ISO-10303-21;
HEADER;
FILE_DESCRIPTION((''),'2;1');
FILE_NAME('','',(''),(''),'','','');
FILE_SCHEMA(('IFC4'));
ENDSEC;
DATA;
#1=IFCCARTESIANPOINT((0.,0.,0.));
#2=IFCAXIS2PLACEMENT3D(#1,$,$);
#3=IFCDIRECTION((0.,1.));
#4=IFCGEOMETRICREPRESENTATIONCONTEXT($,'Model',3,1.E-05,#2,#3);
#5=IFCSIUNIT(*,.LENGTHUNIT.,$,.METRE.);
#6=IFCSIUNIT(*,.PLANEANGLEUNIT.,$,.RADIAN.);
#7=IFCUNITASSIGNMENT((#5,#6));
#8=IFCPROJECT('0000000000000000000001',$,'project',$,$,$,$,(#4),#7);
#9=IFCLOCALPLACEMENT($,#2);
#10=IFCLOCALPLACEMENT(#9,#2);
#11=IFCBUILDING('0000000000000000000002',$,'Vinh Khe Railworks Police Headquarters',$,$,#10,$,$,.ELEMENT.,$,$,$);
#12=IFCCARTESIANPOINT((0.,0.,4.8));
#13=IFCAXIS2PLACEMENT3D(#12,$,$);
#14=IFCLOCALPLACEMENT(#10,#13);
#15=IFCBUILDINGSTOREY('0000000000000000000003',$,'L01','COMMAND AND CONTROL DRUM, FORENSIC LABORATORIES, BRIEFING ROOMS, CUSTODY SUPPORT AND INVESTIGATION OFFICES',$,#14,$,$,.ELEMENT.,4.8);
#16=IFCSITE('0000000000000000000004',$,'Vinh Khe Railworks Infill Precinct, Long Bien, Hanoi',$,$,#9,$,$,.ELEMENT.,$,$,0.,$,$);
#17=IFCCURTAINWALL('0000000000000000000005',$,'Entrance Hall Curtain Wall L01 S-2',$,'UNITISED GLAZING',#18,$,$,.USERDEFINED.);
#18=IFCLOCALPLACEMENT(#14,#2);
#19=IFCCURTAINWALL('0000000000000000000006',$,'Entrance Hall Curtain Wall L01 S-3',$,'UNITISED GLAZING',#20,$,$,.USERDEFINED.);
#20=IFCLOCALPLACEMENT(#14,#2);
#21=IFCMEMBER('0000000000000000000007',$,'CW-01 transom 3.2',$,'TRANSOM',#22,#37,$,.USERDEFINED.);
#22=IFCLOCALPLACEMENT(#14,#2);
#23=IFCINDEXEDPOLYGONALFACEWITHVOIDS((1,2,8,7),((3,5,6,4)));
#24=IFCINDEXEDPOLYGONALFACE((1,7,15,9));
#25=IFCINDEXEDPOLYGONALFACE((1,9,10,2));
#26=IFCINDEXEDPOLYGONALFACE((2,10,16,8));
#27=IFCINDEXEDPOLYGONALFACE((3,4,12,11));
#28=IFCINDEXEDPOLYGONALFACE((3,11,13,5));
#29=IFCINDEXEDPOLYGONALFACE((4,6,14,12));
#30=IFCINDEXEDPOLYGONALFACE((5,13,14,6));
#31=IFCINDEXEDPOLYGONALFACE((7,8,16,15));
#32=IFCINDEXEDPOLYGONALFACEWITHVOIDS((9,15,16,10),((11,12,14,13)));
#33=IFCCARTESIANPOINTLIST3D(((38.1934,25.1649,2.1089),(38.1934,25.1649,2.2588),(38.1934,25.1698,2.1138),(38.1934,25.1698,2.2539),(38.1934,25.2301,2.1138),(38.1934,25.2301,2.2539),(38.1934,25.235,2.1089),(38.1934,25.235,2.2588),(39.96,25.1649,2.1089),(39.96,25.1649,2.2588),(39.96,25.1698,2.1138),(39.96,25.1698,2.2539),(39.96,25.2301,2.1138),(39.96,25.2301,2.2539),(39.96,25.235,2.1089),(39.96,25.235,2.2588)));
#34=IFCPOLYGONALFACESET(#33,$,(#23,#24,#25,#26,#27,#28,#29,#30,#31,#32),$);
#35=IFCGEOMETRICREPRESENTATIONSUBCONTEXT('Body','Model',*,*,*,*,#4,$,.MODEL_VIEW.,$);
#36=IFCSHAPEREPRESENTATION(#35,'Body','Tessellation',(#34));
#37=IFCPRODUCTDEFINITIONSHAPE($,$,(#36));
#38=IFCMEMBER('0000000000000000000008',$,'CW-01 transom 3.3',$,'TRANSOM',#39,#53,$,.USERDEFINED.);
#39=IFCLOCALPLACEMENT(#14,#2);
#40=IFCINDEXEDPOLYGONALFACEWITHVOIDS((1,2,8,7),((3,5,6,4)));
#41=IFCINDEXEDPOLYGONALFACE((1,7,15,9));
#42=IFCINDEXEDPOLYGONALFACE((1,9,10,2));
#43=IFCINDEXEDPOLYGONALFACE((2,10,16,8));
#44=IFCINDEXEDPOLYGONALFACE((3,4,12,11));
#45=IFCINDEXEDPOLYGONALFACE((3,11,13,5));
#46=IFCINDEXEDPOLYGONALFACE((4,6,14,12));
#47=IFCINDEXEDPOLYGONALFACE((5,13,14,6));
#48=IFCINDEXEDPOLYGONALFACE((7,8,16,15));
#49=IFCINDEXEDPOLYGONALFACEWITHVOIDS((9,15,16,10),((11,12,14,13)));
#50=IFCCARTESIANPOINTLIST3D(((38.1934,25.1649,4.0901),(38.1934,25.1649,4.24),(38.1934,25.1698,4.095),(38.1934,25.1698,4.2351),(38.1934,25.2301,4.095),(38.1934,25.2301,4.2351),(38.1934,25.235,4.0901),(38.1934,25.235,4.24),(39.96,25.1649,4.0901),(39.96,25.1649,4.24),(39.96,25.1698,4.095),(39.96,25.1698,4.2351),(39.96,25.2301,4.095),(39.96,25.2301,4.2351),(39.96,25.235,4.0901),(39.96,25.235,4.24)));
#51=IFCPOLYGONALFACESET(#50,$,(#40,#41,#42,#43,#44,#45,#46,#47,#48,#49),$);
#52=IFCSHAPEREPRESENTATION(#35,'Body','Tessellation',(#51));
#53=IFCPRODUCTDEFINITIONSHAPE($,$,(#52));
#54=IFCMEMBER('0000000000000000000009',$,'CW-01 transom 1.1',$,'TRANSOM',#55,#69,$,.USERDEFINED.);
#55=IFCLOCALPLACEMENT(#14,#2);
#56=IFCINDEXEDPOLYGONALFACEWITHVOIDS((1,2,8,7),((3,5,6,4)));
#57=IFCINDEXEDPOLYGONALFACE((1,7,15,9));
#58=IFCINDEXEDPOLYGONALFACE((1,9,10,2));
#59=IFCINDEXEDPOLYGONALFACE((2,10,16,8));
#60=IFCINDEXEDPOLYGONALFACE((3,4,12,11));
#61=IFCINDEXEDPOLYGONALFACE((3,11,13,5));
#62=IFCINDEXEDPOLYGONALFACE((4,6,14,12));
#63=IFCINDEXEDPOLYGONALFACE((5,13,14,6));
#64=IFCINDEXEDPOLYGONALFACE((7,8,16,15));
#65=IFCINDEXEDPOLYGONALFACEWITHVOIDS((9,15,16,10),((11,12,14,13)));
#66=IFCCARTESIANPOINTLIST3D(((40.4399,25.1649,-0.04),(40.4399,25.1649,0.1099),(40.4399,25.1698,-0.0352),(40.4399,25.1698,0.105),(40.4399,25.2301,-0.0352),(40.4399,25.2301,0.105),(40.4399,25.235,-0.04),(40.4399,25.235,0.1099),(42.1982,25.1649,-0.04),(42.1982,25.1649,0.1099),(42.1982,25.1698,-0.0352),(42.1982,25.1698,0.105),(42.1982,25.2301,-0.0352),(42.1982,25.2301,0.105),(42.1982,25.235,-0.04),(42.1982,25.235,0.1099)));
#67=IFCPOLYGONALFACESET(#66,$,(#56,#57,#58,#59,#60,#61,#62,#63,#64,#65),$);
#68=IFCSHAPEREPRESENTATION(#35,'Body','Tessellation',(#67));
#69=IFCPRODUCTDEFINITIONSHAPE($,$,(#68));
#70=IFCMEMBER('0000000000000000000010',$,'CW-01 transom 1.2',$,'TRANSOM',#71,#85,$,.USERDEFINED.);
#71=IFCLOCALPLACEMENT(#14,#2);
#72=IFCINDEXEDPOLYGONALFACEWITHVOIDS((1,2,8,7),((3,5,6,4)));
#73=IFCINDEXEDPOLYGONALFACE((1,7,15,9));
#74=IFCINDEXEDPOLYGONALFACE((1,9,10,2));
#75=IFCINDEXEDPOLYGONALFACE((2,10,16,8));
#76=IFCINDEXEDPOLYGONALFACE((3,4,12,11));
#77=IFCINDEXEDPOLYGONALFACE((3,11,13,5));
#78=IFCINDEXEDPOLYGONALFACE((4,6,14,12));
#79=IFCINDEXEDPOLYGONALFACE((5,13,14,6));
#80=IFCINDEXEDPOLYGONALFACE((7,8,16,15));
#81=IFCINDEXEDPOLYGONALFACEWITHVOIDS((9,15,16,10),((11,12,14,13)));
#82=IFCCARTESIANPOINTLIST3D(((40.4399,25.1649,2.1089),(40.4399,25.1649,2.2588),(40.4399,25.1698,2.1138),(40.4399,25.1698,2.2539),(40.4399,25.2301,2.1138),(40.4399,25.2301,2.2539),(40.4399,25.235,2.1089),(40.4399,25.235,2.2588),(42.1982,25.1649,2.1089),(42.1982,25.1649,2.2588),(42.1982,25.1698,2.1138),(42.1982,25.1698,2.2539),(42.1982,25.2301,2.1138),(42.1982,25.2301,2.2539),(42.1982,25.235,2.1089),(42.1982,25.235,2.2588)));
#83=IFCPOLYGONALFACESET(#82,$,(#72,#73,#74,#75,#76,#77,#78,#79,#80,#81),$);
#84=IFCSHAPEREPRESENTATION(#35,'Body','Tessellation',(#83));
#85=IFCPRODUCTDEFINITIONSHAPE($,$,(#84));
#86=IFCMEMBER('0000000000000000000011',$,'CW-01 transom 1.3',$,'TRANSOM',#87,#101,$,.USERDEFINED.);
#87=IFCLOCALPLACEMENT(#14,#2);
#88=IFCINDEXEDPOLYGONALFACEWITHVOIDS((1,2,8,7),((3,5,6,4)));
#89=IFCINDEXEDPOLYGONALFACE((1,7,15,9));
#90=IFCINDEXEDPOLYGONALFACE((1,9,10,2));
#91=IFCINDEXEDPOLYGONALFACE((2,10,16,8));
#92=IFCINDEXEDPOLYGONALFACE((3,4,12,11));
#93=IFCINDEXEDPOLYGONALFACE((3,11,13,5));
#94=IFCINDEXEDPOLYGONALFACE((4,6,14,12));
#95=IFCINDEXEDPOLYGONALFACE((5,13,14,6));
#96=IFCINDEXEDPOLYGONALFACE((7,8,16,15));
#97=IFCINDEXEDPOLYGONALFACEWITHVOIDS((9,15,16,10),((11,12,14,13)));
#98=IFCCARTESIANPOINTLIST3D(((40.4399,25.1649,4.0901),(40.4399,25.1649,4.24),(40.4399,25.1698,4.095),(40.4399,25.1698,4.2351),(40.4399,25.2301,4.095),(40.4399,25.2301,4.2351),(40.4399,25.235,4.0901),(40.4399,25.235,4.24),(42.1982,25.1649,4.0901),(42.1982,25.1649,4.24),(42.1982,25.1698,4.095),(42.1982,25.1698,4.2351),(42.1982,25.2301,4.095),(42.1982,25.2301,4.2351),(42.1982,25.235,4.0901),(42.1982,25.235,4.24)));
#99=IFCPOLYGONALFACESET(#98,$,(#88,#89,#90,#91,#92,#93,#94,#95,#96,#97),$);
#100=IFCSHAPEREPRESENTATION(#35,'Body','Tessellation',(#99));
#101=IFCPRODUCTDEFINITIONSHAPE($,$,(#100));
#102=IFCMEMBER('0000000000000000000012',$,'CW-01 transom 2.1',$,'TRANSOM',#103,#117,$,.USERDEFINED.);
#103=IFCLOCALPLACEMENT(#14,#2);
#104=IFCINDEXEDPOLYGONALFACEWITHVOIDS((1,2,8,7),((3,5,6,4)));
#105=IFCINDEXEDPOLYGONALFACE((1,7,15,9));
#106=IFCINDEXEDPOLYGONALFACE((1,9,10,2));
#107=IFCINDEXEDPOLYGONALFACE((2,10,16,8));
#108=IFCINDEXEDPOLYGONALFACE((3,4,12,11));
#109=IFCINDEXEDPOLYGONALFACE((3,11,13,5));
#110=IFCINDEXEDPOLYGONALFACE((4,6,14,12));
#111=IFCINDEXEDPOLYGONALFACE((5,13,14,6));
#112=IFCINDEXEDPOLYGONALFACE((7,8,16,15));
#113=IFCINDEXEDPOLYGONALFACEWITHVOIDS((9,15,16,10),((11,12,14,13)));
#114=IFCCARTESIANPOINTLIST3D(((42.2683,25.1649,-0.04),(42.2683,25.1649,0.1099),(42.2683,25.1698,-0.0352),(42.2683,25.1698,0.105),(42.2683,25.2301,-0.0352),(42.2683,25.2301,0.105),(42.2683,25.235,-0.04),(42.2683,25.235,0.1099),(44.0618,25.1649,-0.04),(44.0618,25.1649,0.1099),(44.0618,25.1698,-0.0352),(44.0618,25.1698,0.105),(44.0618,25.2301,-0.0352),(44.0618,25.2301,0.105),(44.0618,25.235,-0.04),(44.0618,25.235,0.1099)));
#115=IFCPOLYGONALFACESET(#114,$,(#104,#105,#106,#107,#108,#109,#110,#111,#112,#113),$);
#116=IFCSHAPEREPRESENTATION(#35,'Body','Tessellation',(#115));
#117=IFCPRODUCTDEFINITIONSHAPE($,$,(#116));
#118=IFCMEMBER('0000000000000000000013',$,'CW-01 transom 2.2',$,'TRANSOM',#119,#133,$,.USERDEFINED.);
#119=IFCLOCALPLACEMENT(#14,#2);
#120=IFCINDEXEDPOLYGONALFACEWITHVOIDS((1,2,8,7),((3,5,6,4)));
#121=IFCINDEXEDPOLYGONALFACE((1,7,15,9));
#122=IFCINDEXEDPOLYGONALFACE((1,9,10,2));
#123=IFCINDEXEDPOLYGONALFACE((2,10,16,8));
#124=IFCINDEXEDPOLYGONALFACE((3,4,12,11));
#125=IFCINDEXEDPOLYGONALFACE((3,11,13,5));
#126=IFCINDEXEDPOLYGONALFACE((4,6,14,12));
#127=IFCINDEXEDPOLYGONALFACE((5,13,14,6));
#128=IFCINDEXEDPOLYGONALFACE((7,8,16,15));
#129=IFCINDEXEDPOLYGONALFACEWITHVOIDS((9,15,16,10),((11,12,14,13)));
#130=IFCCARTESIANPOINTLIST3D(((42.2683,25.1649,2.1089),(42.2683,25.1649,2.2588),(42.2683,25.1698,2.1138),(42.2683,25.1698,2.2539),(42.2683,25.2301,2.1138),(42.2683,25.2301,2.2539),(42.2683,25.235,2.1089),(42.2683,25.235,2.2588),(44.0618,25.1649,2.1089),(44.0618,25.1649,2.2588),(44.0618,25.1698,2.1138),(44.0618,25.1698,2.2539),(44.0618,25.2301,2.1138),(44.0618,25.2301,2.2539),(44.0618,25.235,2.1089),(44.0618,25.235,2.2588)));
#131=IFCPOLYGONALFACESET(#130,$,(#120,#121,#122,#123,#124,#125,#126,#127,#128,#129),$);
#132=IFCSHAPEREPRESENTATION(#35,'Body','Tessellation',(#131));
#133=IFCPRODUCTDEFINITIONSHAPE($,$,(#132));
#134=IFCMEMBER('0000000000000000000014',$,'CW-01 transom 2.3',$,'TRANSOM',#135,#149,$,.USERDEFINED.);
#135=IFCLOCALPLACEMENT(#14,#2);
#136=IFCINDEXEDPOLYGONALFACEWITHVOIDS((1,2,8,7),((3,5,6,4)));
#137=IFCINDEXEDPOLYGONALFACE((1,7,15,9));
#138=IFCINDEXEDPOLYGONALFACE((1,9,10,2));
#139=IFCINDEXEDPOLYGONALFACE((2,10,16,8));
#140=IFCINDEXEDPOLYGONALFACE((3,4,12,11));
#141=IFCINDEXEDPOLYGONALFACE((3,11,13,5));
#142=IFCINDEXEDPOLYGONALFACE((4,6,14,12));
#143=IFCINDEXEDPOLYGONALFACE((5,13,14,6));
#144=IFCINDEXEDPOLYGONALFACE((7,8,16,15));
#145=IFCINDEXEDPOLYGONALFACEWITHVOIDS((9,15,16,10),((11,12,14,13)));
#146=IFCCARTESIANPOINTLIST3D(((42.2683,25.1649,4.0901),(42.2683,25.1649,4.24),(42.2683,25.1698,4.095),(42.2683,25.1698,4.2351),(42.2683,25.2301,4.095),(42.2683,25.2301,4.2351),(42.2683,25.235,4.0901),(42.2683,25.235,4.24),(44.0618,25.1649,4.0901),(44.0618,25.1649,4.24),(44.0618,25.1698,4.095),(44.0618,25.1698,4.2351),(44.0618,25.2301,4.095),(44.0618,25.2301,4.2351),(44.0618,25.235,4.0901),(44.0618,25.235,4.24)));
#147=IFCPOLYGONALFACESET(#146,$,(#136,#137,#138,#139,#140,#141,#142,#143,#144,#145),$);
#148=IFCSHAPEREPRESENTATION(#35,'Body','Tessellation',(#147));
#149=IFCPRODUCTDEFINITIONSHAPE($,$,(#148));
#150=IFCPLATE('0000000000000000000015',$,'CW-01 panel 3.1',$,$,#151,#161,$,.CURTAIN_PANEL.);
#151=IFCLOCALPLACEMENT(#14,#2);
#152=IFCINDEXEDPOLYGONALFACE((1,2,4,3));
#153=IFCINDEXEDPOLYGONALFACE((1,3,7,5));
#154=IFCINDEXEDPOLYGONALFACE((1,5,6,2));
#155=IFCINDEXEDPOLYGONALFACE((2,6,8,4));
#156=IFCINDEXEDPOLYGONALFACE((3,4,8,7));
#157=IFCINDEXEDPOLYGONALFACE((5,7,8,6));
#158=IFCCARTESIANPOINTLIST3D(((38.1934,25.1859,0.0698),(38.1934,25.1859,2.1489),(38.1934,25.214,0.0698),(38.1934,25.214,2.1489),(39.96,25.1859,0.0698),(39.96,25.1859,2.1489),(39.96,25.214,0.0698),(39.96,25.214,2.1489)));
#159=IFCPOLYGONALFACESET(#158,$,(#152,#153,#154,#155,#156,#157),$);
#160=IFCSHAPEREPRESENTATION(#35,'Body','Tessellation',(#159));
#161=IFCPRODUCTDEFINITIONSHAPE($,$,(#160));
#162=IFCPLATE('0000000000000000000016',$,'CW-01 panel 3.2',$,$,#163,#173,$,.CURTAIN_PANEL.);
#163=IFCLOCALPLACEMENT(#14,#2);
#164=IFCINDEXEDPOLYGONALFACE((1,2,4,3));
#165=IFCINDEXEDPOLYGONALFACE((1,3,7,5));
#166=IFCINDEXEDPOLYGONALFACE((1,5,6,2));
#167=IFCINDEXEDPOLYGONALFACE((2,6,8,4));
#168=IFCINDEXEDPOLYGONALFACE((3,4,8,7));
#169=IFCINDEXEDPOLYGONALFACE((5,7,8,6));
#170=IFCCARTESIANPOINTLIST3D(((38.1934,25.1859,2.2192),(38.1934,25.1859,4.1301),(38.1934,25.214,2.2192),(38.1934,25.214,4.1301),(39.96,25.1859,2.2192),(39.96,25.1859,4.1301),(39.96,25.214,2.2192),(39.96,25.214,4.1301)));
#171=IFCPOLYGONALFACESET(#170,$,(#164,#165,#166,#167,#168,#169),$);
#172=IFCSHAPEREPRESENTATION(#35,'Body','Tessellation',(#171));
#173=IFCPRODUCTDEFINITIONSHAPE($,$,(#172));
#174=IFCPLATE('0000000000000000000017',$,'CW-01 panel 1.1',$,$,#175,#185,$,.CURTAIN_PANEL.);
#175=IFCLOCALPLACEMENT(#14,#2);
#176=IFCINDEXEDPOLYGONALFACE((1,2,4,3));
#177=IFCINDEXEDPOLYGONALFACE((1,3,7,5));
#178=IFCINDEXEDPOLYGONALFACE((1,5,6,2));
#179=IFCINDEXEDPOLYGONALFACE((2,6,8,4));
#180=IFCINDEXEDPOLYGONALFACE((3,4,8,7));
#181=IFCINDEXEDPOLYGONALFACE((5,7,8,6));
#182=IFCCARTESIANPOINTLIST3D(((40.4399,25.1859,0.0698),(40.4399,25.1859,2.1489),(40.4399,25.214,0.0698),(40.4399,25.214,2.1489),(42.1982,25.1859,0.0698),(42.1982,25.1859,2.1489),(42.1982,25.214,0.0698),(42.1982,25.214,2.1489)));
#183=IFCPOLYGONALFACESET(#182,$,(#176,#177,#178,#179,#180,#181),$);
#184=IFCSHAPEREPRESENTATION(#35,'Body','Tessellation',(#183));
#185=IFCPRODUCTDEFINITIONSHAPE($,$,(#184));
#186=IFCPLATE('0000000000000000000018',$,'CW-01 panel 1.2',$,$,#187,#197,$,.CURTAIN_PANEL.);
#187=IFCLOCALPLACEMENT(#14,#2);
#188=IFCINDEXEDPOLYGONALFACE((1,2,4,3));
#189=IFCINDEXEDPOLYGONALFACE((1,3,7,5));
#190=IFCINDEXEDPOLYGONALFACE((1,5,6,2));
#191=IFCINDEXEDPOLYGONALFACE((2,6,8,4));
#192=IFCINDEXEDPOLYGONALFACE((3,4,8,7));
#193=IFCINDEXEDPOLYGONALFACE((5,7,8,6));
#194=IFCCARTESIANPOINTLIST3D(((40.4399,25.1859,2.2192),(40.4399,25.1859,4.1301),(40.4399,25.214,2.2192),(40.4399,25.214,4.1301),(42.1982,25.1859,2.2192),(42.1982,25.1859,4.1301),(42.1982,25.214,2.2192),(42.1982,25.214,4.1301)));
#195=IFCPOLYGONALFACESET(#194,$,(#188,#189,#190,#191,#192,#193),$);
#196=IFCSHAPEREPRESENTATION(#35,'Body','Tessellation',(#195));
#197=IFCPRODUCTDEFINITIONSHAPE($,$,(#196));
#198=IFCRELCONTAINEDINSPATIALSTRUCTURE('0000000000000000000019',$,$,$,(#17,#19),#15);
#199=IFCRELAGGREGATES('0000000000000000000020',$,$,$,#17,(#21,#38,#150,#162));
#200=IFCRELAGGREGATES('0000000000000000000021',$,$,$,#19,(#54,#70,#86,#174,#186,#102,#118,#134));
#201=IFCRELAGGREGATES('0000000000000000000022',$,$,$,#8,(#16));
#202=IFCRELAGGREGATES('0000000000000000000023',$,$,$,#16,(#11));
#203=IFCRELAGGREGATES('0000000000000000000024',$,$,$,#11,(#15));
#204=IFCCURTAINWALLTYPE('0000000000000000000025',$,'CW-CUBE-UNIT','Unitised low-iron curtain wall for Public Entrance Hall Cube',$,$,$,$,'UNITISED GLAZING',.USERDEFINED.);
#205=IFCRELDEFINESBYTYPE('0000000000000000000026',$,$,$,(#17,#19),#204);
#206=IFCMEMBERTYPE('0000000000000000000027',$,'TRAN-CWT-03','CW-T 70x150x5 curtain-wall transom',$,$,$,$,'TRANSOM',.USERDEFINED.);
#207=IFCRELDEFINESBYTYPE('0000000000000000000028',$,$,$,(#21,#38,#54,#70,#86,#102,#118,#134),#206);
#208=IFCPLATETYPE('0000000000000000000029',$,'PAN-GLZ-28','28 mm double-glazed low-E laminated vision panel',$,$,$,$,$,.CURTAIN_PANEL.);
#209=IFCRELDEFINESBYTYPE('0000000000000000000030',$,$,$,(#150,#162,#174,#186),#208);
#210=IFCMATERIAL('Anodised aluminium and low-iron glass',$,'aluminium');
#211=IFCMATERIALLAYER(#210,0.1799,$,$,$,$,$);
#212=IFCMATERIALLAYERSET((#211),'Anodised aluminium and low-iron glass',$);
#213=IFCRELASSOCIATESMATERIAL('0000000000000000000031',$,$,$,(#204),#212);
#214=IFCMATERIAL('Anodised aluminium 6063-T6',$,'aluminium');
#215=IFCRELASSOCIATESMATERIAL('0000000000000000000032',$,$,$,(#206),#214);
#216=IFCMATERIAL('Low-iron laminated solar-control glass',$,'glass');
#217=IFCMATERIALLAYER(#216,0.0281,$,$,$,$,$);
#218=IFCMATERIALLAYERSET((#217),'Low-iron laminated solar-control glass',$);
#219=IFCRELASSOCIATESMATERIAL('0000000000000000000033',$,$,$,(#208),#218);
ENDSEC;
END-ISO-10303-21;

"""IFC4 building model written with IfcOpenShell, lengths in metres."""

from ifc_helpers import new_model, si_unit, direction, frame, origin, origin_2d, place, context, subcontext, project, spatial, rectangle, hollow_rectangle, extrude, material, layer, layer_set, material_profile, profile_set, type_object, element, aggregate, save


model = new_model("IFC4")

# Units and contexts
model_context = context("Model", 3, precision=1e-05, world=origin(), true_north=direction((0.0, 1.0)))
body_context = subcontext(model_context, "Body", "Model", "MODEL_VIEW")
ifc_project = project(units=[si_unit("LENGTHUNIT", "METRE"), si_unit("PLANEANGLEUNIT", "RADIAN")], contexts=[model_context])

# Site, building, storey
site_placement = place(None, origin())
site = spatial("IfcSite", under=ifc_project, at=site_placement, Name="Vinh Khe Railworks Infill Precinct, Long Bien, Hanoi", CompositionType="ELEMENT", RefElevation=0.0)
building_placement = place(site_placement, origin())
building = spatial("IfcBuilding", under=site, at=building_placement, Name="Vinh Khe Railworks Police Headquarters", CompositionType="ELEMENT")
storey_placement = place(building_placement, frame((0.0, 0.0, 4.8)))
storey = spatial("IfcBuildingStorey", under=building, at=storey_placement, Name="L01", Description="COMMAND AND CONTROL DRUM, FORENSIC LABORATORIES, BRIEFING ROOMS, CUSTODY SUPPORT AND INVESTIGATION OFFICES", CompositionType="ELEMENT", Elevation=4.8)

# Curtain walls
ifc_material_1 = material(Name="Anodised aluminium and low-iron glass", Category="aluminium")
ifc_layer_1 = layer(ifc_material_1, 0.1799)
ifc_layer_set_1 = layer_set([ifc_layer_1], Name="Anodised aluminium and low-iron glass")
curtain_wall_type = type_object("IfcCurtainWallType", Name="CW-CUBE-UNIT", Description="Unitised low-iron curtain wall for Public Entrance Hall Cube", ElementType="UNITISED GLAZING", PredefinedType="USERDEFINED", material=ifc_layer_set_1)
curtain_wall_1_placement = place(storey_placement, origin())
curtain_wall_1 = element("IfcCurtainWall", 1, at=curtain_wall_1_placement, inside=storey, type_object=curtain_wall_type, Name="Entrance Hall Curtain Wall L01 S-2", ObjectType="UNITISED GLAZING", PredefinedType="USERDEFINED")
ifc_material_2 = material(Name="Anodised aluminium 6063-T6", Category="aluminium")
curtain_wall_2_placement = place(storey_placement, origin())
curtain_wall_2 = element("IfcCurtainWall", 2, at=curtain_wall_2_placement, inside=storey, type_object=curtain_wall_type, Name="Entrance Hall Curtain Wall L01 S-3", ObjectType="UNITISED GLAZING", PredefinedType="USERDEFINED")

# Members
ifc_material_profile_1 = material_profile(ifc_material_2, hollow_rectangle(XDim=0.0701, YDim=0.1499, WallThickness=0.0049, at=origin_2d()), Name="CW-T 70x150x5")
ifc_profile_set_1 = profile_set([ifc_material_profile_1], Name="Anodised aluminium 6063-T6")
member_type_1 = type_object("IfcMemberType", Name="TRAN-CWT-03", Description="CW-T 70x150x5 curtain-wall transom", ElementType="TRANSOM", PredefinedType="USERDEFINED", material=ifc_profile_set_1)
member_1_placement = place(storey_placement, frame((38.1934, 25.2, 2.1838), z_axis=(1.0, 0.0, 0.0), x_axis=(0.0, 1.0, 0.0)))
member_1 = element("IfcMember", 3, at=member_1_placement, type_object=member_type_1, Name="CW-01 transom 3.2", ObjectType="TRANSOM", PredefinedType="USERDEFINED", context=body_context, shape_type="SweptSolid", body=[
    extrude(hollow_rectangle(XDim=0.0701, YDim=0.1499, WallThickness=0.0049, at=origin_2d()), origin(), (0.0, 0.0, 1.0), 1.7666),
])
member_2_placement = place(storey_placement, frame((38.1934, 25.2, 4.165), z_axis=(1.0, 0.0, 0.0), x_axis=(0.0, 1.0, 0.0)))
member_2 = element("IfcMember", 4, at=member_2_placement, type_object=member_type_1, Name="CW-01 transom 3.3", ObjectType="TRANSOM", PredefinedType="USERDEFINED", context=body_context, shape_type="SweptSolid", body=[
    extrude(hollow_rectangle(XDim=0.0701, YDim=0.1499, WallThickness=0.0049, at=origin_2d()), origin(), (0.0, 0.0, 1.0), 1.7666),
])
member_3_placement = place(storey_placement, frame((40.4399, 25.2, 0.0349), z_axis=(1.0, 0.0, 0.0), x_axis=(0.0, 1.0, 0.0)))
member_3 = element("IfcMember", 5, at=member_3_placement, type_object=member_type_1, Name="CW-01 transom 1.1", ObjectType="TRANSOM", PredefinedType="USERDEFINED", context=body_context, shape_type="SweptSolid", body=[
    extrude(hollow_rectangle(XDim=0.0701, YDim=0.1499, WallThickness=0.0049, at=origin_2d()), origin(), (0.0, 0.0, 1.0), 1.7583),
])
member_4_placement = place(storey_placement, frame((40.4399, 25.2, 2.1838), z_axis=(1.0, 0.0, 0.0), x_axis=(0.0, 1.0, 0.0)))
member_4 = element("IfcMember", 6, at=member_4_placement, type_object=member_type_1, Name="CW-01 transom 1.2", ObjectType="TRANSOM", PredefinedType="USERDEFINED", context=body_context, shape_type="SweptSolid", body=[
    extrude(hollow_rectangle(XDim=0.0701, YDim=0.1499, WallThickness=0.0049, at=origin_2d()), origin(), (0.0, 0.0, 1.0), 1.7583),
])
member_5_placement = place(storey_placement, frame((40.4399, 25.2, 4.165), z_axis=(1.0, 0.0, 0.0), x_axis=(0.0, 1.0, 0.0)))
member_5 = element("IfcMember", 7, at=member_5_placement, type_object=member_type_1, Name="CW-01 transom 1.3", ObjectType="TRANSOM", PredefinedType="USERDEFINED", context=body_context, shape_type="SweptSolid", body=[
    extrude(hollow_rectangle(XDim=0.0701, YDim=0.1499, WallThickness=0.0049, at=origin_2d()), origin(), (0.0, 0.0, 1.0), 1.7583),
])
member_6_placement = place(storey_placement, frame((42.2683, 25.2, 0.0349), z_axis=(1.0, 0.0, 0.0), x_axis=(0.0, 1.0, 0.0)))
member_6 = element("IfcMember", 8, at=member_6_placement, type_object=member_type_1, Name="CW-01 transom 2.1", ObjectType="TRANSOM", PredefinedType="USERDEFINED", context=body_context, shape_type="SweptSolid", body=[
    extrude(hollow_rectangle(XDim=0.0701, YDim=0.1499, WallThickness=0.0049, at=origin_2d()), origin(), (0.0, 0.0, 1.0), 1.7935),
])
member_7_placement = place(storey_placement, frame((42.2683, 25.2, 2.1838), z_axis=(1.0, 0.0, 0.0), x_axis=(0.0, 1.0, 0.0)))
member_7 = element("IfcMember", 9, at=member_7_placement, type_object=member_type_1, Name="CW-01 transom 2.2", ObjectType="TRANSOM", PredefinedType="USERDEFINED", context=body_context, shape_type="SweptSolid", body=[
    extrude(hollow_rectangle(XDim=0.0701, YDim=0.1499, WallThickness=0.0049, at=origin_2d()), origin(), (0.0, 0.0, 1.0), 1.7935),
])
member_8_placement = place(storey_placement, frame((42.2683, 25.2, 4.165), z_axis=(1.0, 0.0, 0.0), x_axis=(0.0, 1.0, 0.0)))
member_8 = element("IfcMember", 10, at=member_8_placement, type_object=member_type_1, Name="CW-01 transom 2.3", ObjectType="TRANSOM", PredefinedType="USERDEFINED", context=body_context, shape_type="SweptSolid", body=[
    extrude(hollow_rectangle(XDim=0.0701, YDim=0.1499, WallThickness=0.0049, at=origin_2d()), origin(), (0.0, 0.0, 1.0), 1.7935),
])

# Plates
ifc_material_3 = material(Name="Low-iron laminated solar-control glass", Category="glass")
ifc_layer_2 = layer(ifc_material_3, 0.0281)
ifc_layer_set_2 = layer_set([ifc_layer_2], Name="Low-iron laminated solar-control glass")
plate_type = type_object("IfcPlateType", Name="PAN-GLZ-28", Description="28 mm double-glazed low-E laminated vision panel", PredefinedType="CURTAIN_PANEL", material=ifc_layer_set_2)
plate_1_placement = place(storey_placement, frame((39.0767, 25.2, 0.0698), z_axis=(0.0, 0.0, 1.0), x_axis=(1.0, 0.0, 0.0)))
plate_1 = element("IfcPlate", 11, at=plate_1_placement, type_object=plate_type, Name="CW-01 panel 3.1", PredefinedType="CURTAIN_PANEL", context=body_context, shape_type="SweptSolid", body=[
    extrude(rectangle(XDim=1.7666, YDim=0.0281, at=origin_2d()), origin(), (0.0, 0.0, 1.0), 2.0791),
])
plate_2_placement = place(storey_placement, frame((39.0767, 25.2, 2.2192), z_axis=(0.0, 0.0, 1.0), x_axis=(1.0, 0.0, 0.0)))
plate_2 = element("IfcPlate", 12, at=plate_2_placement, type_object=plate_type, Name="CW-01 panel 3.2", PredefinedType="CURTAIN_PANEL", context=body_context, shape_type="SweptSolid", body=[
    extrude(rectangle(XDim=1.7666, YDim=0.0281, at=origin_2d()), origin(), (0.0, 0.0, 1.0), 1.9109),
])
aggregate(curtain_wall_1, [member_1, member_2, plate_1, plate_2])
plate_3_placement = place(storey_placement, frame((41.3191, 25.2, 0.0698), z_axis=(0.0, 0.0, 1.0), x_axis=(1.0, 0.0, 0.0)))
plate_3 = element("IfcPlate", 13, at=plate_3_placement, type_object=plate_type, Name="CW-01 panel 1.1", PredefinedType="CURTAIN_PANEL", context=body_context, shape_type="SweptSolid", body=[
    extrude(rectangle(XDim=1.7583, YDim=0.0281, at=origin_2d()), origin(), (0.0, 0.0, 1.0), 2.0791),
])
plate_4_placement = place(storey_placement, frame((41.3191, 25.2, 2.2192), z_axis=(0.0, 0.0, 1.0), x_axis=(1.0, 0.0, 0.0)))
plate_4 = element("IfcPlate", 14, at=plate_4_placement, type_object=plate_type, Name="CW-01 panel 1.2", PredefinedType="CURTAIN_PANEL", context=body_context, shape_type="SweptSolid", body=[
    extrude(rectangle(XDim=1.7583, YDim=0.0281, at=origin_2d()), origin(), (0.0, 0.0, 1.0), 1.9109),
])
aggregate(curtain_wall_2, [member_3, member_4, member_5, plate_3, plate_4, member_6, member_7, member_8])

save(model, "model.ifc")
